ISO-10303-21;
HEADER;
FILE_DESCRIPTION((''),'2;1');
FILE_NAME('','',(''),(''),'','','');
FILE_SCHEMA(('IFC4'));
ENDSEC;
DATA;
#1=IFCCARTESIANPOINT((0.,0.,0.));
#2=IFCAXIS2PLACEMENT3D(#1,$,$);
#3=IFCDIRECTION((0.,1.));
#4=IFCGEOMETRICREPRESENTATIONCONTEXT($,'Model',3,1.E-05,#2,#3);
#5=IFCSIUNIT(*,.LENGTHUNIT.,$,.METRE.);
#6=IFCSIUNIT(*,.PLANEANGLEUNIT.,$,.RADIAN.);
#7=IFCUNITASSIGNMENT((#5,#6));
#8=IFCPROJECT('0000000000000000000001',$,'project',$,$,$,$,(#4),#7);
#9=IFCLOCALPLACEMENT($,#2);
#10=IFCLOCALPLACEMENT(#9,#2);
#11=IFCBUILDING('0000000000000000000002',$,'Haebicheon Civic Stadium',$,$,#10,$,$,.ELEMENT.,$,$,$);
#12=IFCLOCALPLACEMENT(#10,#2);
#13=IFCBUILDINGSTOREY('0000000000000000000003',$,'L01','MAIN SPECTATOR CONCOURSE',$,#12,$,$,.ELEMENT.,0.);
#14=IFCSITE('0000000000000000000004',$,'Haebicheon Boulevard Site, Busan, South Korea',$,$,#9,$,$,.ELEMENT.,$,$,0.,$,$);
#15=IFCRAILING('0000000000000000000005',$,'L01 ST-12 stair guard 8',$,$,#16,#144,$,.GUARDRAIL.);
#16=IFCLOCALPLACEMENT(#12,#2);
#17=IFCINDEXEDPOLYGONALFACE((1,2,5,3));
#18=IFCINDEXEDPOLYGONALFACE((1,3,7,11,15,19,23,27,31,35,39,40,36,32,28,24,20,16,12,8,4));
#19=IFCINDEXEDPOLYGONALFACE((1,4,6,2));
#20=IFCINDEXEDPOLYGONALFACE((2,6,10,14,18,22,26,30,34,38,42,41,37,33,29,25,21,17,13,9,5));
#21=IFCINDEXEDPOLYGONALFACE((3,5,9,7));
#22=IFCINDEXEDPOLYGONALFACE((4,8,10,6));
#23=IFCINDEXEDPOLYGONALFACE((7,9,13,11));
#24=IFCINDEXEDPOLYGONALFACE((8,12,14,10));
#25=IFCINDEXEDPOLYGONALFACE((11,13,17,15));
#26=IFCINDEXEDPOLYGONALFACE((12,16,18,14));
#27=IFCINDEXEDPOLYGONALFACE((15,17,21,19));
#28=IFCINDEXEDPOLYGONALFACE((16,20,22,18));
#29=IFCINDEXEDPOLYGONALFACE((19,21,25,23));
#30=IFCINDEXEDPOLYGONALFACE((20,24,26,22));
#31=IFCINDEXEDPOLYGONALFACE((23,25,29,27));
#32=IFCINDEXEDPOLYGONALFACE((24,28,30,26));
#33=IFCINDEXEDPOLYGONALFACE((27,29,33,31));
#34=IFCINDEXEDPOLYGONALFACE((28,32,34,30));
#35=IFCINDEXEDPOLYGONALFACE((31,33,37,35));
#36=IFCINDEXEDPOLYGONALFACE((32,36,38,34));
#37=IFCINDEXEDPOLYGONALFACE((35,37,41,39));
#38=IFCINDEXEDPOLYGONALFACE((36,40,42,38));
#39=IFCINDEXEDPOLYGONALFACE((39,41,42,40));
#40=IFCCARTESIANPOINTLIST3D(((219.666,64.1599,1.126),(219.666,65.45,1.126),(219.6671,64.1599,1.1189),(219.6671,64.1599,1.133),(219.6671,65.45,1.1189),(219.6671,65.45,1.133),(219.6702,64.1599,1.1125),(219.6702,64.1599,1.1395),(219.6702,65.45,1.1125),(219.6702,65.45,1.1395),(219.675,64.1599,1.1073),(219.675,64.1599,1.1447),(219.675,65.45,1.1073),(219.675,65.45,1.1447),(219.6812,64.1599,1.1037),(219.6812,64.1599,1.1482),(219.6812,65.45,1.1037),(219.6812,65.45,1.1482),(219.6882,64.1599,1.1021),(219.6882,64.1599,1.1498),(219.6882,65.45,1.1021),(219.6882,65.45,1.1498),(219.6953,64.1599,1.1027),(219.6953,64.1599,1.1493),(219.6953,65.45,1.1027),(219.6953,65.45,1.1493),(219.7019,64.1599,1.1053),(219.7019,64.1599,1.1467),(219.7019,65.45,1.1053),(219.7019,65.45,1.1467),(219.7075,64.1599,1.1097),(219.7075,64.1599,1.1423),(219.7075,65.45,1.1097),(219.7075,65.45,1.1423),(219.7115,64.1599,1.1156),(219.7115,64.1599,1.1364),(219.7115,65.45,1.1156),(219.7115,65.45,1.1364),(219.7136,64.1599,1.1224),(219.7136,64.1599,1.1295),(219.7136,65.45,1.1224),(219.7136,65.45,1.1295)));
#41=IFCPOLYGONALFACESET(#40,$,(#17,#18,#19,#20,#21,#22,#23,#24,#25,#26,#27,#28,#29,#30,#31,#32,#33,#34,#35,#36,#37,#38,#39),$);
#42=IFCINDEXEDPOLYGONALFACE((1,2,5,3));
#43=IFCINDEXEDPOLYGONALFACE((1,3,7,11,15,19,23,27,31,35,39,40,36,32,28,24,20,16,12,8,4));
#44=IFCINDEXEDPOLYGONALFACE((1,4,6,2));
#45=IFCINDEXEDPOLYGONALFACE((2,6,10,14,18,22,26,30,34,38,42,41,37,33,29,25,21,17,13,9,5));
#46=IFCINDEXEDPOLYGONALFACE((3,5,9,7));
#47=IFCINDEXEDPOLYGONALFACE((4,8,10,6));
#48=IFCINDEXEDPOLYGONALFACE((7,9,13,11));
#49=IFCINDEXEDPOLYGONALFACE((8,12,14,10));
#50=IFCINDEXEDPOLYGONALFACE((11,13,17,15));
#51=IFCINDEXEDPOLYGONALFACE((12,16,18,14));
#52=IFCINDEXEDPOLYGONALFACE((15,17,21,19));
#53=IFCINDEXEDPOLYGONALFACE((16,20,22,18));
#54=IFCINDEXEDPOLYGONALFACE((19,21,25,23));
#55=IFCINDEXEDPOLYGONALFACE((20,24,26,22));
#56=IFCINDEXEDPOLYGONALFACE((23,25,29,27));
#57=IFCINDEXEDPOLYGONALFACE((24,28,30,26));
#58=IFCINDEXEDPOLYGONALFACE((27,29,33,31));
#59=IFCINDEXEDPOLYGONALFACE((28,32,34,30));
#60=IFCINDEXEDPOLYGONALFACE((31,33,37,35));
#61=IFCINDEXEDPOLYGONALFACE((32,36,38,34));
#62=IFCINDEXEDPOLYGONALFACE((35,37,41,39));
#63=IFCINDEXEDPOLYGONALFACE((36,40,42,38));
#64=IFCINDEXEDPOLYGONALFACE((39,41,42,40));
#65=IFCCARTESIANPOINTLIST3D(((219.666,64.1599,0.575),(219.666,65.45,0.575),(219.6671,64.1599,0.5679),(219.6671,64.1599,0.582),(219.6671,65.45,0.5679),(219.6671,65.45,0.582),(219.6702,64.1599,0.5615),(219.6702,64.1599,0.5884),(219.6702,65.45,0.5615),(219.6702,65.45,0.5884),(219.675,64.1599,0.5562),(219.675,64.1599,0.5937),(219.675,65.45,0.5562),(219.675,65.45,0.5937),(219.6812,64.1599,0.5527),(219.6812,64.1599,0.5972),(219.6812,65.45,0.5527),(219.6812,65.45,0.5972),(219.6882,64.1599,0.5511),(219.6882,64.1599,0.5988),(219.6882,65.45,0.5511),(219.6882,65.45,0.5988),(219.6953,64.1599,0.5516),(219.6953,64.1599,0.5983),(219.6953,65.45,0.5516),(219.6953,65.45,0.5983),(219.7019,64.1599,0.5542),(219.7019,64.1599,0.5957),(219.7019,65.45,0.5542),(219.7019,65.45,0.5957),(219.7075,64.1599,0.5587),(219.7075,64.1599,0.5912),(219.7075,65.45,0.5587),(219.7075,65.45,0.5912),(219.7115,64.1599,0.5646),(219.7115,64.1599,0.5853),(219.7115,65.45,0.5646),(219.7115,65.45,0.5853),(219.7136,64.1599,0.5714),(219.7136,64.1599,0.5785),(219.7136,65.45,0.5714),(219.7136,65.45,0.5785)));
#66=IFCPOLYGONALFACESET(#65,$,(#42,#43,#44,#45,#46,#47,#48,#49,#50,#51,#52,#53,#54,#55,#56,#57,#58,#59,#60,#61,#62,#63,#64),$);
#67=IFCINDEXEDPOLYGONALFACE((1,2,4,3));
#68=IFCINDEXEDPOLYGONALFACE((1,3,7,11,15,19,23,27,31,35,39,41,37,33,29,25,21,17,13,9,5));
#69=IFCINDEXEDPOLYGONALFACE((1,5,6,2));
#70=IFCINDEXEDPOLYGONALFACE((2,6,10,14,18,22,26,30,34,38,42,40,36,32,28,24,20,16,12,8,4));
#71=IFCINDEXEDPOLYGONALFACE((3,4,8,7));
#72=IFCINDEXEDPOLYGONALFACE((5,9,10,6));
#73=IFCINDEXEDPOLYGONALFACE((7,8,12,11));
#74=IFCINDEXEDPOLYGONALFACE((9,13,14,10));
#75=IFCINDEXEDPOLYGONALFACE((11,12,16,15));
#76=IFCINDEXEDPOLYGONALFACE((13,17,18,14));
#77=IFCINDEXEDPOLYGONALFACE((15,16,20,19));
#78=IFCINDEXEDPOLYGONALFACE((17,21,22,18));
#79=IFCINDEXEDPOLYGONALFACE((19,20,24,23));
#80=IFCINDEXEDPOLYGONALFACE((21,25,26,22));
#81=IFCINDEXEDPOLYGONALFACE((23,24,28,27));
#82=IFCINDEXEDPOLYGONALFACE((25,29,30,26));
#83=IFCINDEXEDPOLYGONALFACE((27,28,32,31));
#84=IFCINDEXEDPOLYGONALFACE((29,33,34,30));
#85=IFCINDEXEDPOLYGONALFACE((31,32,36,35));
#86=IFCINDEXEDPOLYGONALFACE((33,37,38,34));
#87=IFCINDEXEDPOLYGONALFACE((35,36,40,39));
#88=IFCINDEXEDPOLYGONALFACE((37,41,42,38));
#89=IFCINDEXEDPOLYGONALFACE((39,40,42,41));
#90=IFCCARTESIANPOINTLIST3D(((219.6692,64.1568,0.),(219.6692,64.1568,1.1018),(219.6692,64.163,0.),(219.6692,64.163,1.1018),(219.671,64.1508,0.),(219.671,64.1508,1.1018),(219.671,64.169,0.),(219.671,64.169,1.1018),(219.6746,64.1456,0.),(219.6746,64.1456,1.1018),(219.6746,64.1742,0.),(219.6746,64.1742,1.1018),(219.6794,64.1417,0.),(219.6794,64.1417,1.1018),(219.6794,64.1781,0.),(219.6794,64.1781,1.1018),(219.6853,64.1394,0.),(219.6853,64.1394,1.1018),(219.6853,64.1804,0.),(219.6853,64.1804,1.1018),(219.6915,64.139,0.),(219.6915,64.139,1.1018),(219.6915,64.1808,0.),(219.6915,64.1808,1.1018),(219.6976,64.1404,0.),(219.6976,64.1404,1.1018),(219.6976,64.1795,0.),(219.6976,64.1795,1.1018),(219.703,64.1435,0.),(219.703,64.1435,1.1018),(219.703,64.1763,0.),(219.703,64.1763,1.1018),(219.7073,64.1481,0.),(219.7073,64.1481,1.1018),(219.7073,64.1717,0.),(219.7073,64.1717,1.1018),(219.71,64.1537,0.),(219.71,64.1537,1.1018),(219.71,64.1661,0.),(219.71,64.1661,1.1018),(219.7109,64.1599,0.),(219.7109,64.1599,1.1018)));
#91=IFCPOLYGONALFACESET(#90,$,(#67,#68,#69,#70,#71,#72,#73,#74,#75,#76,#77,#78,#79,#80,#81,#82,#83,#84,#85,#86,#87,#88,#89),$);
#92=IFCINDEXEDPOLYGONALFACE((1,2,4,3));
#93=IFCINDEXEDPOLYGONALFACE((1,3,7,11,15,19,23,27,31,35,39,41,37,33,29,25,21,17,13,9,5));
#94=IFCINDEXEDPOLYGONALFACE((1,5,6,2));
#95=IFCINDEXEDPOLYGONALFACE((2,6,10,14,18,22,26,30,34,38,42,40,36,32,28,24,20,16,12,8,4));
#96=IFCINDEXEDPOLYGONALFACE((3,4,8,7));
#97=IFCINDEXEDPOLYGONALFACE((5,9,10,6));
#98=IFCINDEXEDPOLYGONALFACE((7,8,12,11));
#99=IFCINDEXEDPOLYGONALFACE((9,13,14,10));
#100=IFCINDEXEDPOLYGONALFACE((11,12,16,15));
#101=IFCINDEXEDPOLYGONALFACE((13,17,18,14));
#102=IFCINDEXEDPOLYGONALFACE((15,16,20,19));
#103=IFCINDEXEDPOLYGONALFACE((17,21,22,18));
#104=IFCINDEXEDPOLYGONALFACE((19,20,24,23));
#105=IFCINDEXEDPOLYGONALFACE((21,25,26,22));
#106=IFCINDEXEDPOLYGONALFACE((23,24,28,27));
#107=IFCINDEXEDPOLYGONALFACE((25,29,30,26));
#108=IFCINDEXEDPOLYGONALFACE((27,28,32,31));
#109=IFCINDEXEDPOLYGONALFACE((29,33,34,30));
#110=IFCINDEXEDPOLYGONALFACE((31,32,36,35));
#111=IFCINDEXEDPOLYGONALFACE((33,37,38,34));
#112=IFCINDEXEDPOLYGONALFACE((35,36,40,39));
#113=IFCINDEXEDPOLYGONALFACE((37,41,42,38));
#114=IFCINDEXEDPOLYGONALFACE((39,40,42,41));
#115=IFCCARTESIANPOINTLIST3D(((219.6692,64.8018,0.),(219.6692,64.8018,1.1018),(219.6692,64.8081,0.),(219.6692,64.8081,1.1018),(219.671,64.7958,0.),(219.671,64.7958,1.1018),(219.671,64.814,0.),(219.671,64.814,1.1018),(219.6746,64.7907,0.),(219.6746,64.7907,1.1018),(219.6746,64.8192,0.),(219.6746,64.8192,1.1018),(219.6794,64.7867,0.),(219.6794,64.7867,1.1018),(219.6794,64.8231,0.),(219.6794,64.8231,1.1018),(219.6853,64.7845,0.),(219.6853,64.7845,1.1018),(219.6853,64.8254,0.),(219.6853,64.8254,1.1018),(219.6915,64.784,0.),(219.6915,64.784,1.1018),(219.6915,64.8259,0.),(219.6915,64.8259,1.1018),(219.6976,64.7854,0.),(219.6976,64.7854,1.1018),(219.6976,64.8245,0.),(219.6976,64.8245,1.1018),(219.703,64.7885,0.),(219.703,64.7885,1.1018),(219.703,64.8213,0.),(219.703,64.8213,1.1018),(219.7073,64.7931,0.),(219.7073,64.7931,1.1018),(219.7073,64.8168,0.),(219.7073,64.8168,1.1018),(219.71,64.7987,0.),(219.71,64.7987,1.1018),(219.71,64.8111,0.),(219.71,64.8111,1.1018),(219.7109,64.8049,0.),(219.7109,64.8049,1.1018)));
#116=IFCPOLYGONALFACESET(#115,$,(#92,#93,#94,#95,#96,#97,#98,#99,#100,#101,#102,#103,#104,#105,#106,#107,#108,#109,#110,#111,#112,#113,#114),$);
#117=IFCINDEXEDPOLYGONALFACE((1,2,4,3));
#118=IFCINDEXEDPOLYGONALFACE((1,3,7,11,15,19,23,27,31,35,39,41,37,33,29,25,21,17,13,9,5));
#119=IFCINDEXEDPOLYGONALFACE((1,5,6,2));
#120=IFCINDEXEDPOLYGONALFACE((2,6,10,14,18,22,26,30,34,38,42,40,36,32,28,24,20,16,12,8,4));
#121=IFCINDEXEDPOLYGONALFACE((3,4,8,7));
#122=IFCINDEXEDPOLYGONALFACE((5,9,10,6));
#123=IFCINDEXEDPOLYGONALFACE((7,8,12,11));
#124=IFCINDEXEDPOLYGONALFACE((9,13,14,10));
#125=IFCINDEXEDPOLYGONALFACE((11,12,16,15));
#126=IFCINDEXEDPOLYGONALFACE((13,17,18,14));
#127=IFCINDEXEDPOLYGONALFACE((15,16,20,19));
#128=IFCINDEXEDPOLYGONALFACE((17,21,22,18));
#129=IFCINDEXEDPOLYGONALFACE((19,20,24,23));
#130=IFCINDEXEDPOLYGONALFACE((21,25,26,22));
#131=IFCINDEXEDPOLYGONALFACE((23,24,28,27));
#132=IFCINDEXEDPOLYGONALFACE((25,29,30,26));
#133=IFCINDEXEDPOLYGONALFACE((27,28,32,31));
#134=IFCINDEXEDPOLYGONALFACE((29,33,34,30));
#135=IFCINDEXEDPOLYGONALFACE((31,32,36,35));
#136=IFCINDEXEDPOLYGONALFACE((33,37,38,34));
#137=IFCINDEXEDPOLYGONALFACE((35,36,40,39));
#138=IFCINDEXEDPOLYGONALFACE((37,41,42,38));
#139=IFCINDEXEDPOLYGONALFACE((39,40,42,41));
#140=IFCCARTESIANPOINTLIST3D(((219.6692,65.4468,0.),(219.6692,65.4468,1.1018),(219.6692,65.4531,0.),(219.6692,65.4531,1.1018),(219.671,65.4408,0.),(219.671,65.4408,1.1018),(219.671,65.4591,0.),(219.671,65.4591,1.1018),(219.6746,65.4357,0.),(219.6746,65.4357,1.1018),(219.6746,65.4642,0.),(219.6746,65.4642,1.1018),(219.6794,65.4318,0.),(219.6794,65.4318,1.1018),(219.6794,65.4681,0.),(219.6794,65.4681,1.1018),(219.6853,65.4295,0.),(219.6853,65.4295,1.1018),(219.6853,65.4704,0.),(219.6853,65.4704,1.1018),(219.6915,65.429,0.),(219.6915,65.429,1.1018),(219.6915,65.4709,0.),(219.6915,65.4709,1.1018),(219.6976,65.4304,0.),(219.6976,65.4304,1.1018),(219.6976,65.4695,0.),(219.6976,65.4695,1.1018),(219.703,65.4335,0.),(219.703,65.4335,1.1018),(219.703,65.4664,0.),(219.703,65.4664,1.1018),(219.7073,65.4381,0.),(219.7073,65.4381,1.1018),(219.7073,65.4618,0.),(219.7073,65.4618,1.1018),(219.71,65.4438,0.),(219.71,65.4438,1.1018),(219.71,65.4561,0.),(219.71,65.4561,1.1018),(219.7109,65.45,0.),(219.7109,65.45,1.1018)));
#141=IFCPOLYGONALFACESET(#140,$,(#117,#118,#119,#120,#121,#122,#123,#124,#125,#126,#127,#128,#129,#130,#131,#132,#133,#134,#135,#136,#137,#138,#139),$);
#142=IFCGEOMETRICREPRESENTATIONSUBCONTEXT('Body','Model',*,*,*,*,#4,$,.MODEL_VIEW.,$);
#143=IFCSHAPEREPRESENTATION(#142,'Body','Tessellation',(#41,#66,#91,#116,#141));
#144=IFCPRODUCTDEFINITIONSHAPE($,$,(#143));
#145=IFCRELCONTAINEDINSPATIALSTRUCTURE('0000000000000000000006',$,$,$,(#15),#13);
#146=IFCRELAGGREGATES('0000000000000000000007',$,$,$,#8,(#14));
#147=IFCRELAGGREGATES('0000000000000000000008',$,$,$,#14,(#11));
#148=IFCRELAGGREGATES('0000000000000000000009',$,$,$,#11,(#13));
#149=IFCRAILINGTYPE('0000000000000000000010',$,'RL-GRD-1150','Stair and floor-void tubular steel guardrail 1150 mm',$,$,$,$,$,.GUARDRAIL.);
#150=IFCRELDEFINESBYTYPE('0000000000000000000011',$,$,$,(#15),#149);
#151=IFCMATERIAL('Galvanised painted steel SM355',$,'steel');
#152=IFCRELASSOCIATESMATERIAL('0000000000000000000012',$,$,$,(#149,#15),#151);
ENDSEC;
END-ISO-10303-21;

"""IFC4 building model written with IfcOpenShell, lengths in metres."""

from ifc_helpers import new_model, si_unit, direction, frame, origin, origin_2d, place, context, subcontext, project, spatial, circle, extrude, material, type_object, element, save


model = new_model("IFC4")

# Units and contexts
model_context = context("Model", 3, precision=1e-05, world=origin(), true_north=direction((0.0, 1.0)))
body_context = subcontext(model_context, "Body", "Model", "MODEL_VIEW")
ifc_project = project(units=[si_unit("LENGTHUNIT", "METRE"), si_unit("PLANEANGLEUNIT", "RADIAN")], contexts=[model_context])

# Site, building, storey
site_placement = place(None, origin())
site = spatial("IfcSite", under=ifc_project, at=site_placement, Name="Haebicheon Boulevard Site, Busan, South Korea", CompositionType="ELEMENT", RefElevation=0.0)
building_placement = place(site_placement, origin())
building = spatial("IfcBuilding", under=site, at=building_placement, Name="Haebicheon Civic Stadium", CompositionType="ELEMENT")
storey_placement = place(building_placement, origin())
storey = spatial("IfcBuildingStorey", under=building, at=storey_placement, Name="L01", Description="MAIN SPECTATOR CONCOURSE", CompositionType="ELEMENT", Elevation=0.0)

# Railing
ifc_material_1 = material(Name="Galvanised painted steel SM355", Category="steel")
railing_type = type_object("IfcRailingType", Name="RL-GRD-1150", Description="Stair and floor-void tubular steel guardrail 1150 mm", PredefinedType="GUARDRAIL", material=ifc_material_1)
for number, where, name in (
    (1, (219.6899, 64.1599, 0.0), "L01 ST-12 stair guard 8"),
):
    element("IfcRailing", number, at=place(storey_placement, frame(where)), inside=storey, type_object=railing_type, material=ifc_material_1, Name=name, PredefinedType="GUARDRAIL", context=body_context, shape_type="SweptSolid", body=[
        extrude(circle(Radius=0.0239, at=origin_2d()), frame((0.0, 0.0, 1.126), z_axis=(0.0, 1.0, 0.0), x_axis=(-1.0, 0.0, 0.0)), (0.0, 0.0, 1.0), 1.29),
        extrude(circle(Radius=0.0239, at=origin_2d()), frame((0.0, 0.0, 0.575), z_axis=(0.0, 1.0, 0.0), x_axis=(-1.0, 0.0, 0.0)), (0.0, 0.0, 1.0), 1.29),
        extrude(circle(Radius=0.021, at=origin_2d()), origin(), (0.0, 0.0, 1.0), 1.1018),
        extrude(circle(Radius=0.021, at=origin_2d()), frame((0.0, 0.645, 0.0)), (0.0, 0.0, 1.0), 1.1018),
        extrude(circle(Radius=0.021, at=origin_2d()), frame((0.0, 1.29, 0.0)), (0.0, 0.0, 1.0), 1.1018),
    ])

save(model, "model.ifc")
